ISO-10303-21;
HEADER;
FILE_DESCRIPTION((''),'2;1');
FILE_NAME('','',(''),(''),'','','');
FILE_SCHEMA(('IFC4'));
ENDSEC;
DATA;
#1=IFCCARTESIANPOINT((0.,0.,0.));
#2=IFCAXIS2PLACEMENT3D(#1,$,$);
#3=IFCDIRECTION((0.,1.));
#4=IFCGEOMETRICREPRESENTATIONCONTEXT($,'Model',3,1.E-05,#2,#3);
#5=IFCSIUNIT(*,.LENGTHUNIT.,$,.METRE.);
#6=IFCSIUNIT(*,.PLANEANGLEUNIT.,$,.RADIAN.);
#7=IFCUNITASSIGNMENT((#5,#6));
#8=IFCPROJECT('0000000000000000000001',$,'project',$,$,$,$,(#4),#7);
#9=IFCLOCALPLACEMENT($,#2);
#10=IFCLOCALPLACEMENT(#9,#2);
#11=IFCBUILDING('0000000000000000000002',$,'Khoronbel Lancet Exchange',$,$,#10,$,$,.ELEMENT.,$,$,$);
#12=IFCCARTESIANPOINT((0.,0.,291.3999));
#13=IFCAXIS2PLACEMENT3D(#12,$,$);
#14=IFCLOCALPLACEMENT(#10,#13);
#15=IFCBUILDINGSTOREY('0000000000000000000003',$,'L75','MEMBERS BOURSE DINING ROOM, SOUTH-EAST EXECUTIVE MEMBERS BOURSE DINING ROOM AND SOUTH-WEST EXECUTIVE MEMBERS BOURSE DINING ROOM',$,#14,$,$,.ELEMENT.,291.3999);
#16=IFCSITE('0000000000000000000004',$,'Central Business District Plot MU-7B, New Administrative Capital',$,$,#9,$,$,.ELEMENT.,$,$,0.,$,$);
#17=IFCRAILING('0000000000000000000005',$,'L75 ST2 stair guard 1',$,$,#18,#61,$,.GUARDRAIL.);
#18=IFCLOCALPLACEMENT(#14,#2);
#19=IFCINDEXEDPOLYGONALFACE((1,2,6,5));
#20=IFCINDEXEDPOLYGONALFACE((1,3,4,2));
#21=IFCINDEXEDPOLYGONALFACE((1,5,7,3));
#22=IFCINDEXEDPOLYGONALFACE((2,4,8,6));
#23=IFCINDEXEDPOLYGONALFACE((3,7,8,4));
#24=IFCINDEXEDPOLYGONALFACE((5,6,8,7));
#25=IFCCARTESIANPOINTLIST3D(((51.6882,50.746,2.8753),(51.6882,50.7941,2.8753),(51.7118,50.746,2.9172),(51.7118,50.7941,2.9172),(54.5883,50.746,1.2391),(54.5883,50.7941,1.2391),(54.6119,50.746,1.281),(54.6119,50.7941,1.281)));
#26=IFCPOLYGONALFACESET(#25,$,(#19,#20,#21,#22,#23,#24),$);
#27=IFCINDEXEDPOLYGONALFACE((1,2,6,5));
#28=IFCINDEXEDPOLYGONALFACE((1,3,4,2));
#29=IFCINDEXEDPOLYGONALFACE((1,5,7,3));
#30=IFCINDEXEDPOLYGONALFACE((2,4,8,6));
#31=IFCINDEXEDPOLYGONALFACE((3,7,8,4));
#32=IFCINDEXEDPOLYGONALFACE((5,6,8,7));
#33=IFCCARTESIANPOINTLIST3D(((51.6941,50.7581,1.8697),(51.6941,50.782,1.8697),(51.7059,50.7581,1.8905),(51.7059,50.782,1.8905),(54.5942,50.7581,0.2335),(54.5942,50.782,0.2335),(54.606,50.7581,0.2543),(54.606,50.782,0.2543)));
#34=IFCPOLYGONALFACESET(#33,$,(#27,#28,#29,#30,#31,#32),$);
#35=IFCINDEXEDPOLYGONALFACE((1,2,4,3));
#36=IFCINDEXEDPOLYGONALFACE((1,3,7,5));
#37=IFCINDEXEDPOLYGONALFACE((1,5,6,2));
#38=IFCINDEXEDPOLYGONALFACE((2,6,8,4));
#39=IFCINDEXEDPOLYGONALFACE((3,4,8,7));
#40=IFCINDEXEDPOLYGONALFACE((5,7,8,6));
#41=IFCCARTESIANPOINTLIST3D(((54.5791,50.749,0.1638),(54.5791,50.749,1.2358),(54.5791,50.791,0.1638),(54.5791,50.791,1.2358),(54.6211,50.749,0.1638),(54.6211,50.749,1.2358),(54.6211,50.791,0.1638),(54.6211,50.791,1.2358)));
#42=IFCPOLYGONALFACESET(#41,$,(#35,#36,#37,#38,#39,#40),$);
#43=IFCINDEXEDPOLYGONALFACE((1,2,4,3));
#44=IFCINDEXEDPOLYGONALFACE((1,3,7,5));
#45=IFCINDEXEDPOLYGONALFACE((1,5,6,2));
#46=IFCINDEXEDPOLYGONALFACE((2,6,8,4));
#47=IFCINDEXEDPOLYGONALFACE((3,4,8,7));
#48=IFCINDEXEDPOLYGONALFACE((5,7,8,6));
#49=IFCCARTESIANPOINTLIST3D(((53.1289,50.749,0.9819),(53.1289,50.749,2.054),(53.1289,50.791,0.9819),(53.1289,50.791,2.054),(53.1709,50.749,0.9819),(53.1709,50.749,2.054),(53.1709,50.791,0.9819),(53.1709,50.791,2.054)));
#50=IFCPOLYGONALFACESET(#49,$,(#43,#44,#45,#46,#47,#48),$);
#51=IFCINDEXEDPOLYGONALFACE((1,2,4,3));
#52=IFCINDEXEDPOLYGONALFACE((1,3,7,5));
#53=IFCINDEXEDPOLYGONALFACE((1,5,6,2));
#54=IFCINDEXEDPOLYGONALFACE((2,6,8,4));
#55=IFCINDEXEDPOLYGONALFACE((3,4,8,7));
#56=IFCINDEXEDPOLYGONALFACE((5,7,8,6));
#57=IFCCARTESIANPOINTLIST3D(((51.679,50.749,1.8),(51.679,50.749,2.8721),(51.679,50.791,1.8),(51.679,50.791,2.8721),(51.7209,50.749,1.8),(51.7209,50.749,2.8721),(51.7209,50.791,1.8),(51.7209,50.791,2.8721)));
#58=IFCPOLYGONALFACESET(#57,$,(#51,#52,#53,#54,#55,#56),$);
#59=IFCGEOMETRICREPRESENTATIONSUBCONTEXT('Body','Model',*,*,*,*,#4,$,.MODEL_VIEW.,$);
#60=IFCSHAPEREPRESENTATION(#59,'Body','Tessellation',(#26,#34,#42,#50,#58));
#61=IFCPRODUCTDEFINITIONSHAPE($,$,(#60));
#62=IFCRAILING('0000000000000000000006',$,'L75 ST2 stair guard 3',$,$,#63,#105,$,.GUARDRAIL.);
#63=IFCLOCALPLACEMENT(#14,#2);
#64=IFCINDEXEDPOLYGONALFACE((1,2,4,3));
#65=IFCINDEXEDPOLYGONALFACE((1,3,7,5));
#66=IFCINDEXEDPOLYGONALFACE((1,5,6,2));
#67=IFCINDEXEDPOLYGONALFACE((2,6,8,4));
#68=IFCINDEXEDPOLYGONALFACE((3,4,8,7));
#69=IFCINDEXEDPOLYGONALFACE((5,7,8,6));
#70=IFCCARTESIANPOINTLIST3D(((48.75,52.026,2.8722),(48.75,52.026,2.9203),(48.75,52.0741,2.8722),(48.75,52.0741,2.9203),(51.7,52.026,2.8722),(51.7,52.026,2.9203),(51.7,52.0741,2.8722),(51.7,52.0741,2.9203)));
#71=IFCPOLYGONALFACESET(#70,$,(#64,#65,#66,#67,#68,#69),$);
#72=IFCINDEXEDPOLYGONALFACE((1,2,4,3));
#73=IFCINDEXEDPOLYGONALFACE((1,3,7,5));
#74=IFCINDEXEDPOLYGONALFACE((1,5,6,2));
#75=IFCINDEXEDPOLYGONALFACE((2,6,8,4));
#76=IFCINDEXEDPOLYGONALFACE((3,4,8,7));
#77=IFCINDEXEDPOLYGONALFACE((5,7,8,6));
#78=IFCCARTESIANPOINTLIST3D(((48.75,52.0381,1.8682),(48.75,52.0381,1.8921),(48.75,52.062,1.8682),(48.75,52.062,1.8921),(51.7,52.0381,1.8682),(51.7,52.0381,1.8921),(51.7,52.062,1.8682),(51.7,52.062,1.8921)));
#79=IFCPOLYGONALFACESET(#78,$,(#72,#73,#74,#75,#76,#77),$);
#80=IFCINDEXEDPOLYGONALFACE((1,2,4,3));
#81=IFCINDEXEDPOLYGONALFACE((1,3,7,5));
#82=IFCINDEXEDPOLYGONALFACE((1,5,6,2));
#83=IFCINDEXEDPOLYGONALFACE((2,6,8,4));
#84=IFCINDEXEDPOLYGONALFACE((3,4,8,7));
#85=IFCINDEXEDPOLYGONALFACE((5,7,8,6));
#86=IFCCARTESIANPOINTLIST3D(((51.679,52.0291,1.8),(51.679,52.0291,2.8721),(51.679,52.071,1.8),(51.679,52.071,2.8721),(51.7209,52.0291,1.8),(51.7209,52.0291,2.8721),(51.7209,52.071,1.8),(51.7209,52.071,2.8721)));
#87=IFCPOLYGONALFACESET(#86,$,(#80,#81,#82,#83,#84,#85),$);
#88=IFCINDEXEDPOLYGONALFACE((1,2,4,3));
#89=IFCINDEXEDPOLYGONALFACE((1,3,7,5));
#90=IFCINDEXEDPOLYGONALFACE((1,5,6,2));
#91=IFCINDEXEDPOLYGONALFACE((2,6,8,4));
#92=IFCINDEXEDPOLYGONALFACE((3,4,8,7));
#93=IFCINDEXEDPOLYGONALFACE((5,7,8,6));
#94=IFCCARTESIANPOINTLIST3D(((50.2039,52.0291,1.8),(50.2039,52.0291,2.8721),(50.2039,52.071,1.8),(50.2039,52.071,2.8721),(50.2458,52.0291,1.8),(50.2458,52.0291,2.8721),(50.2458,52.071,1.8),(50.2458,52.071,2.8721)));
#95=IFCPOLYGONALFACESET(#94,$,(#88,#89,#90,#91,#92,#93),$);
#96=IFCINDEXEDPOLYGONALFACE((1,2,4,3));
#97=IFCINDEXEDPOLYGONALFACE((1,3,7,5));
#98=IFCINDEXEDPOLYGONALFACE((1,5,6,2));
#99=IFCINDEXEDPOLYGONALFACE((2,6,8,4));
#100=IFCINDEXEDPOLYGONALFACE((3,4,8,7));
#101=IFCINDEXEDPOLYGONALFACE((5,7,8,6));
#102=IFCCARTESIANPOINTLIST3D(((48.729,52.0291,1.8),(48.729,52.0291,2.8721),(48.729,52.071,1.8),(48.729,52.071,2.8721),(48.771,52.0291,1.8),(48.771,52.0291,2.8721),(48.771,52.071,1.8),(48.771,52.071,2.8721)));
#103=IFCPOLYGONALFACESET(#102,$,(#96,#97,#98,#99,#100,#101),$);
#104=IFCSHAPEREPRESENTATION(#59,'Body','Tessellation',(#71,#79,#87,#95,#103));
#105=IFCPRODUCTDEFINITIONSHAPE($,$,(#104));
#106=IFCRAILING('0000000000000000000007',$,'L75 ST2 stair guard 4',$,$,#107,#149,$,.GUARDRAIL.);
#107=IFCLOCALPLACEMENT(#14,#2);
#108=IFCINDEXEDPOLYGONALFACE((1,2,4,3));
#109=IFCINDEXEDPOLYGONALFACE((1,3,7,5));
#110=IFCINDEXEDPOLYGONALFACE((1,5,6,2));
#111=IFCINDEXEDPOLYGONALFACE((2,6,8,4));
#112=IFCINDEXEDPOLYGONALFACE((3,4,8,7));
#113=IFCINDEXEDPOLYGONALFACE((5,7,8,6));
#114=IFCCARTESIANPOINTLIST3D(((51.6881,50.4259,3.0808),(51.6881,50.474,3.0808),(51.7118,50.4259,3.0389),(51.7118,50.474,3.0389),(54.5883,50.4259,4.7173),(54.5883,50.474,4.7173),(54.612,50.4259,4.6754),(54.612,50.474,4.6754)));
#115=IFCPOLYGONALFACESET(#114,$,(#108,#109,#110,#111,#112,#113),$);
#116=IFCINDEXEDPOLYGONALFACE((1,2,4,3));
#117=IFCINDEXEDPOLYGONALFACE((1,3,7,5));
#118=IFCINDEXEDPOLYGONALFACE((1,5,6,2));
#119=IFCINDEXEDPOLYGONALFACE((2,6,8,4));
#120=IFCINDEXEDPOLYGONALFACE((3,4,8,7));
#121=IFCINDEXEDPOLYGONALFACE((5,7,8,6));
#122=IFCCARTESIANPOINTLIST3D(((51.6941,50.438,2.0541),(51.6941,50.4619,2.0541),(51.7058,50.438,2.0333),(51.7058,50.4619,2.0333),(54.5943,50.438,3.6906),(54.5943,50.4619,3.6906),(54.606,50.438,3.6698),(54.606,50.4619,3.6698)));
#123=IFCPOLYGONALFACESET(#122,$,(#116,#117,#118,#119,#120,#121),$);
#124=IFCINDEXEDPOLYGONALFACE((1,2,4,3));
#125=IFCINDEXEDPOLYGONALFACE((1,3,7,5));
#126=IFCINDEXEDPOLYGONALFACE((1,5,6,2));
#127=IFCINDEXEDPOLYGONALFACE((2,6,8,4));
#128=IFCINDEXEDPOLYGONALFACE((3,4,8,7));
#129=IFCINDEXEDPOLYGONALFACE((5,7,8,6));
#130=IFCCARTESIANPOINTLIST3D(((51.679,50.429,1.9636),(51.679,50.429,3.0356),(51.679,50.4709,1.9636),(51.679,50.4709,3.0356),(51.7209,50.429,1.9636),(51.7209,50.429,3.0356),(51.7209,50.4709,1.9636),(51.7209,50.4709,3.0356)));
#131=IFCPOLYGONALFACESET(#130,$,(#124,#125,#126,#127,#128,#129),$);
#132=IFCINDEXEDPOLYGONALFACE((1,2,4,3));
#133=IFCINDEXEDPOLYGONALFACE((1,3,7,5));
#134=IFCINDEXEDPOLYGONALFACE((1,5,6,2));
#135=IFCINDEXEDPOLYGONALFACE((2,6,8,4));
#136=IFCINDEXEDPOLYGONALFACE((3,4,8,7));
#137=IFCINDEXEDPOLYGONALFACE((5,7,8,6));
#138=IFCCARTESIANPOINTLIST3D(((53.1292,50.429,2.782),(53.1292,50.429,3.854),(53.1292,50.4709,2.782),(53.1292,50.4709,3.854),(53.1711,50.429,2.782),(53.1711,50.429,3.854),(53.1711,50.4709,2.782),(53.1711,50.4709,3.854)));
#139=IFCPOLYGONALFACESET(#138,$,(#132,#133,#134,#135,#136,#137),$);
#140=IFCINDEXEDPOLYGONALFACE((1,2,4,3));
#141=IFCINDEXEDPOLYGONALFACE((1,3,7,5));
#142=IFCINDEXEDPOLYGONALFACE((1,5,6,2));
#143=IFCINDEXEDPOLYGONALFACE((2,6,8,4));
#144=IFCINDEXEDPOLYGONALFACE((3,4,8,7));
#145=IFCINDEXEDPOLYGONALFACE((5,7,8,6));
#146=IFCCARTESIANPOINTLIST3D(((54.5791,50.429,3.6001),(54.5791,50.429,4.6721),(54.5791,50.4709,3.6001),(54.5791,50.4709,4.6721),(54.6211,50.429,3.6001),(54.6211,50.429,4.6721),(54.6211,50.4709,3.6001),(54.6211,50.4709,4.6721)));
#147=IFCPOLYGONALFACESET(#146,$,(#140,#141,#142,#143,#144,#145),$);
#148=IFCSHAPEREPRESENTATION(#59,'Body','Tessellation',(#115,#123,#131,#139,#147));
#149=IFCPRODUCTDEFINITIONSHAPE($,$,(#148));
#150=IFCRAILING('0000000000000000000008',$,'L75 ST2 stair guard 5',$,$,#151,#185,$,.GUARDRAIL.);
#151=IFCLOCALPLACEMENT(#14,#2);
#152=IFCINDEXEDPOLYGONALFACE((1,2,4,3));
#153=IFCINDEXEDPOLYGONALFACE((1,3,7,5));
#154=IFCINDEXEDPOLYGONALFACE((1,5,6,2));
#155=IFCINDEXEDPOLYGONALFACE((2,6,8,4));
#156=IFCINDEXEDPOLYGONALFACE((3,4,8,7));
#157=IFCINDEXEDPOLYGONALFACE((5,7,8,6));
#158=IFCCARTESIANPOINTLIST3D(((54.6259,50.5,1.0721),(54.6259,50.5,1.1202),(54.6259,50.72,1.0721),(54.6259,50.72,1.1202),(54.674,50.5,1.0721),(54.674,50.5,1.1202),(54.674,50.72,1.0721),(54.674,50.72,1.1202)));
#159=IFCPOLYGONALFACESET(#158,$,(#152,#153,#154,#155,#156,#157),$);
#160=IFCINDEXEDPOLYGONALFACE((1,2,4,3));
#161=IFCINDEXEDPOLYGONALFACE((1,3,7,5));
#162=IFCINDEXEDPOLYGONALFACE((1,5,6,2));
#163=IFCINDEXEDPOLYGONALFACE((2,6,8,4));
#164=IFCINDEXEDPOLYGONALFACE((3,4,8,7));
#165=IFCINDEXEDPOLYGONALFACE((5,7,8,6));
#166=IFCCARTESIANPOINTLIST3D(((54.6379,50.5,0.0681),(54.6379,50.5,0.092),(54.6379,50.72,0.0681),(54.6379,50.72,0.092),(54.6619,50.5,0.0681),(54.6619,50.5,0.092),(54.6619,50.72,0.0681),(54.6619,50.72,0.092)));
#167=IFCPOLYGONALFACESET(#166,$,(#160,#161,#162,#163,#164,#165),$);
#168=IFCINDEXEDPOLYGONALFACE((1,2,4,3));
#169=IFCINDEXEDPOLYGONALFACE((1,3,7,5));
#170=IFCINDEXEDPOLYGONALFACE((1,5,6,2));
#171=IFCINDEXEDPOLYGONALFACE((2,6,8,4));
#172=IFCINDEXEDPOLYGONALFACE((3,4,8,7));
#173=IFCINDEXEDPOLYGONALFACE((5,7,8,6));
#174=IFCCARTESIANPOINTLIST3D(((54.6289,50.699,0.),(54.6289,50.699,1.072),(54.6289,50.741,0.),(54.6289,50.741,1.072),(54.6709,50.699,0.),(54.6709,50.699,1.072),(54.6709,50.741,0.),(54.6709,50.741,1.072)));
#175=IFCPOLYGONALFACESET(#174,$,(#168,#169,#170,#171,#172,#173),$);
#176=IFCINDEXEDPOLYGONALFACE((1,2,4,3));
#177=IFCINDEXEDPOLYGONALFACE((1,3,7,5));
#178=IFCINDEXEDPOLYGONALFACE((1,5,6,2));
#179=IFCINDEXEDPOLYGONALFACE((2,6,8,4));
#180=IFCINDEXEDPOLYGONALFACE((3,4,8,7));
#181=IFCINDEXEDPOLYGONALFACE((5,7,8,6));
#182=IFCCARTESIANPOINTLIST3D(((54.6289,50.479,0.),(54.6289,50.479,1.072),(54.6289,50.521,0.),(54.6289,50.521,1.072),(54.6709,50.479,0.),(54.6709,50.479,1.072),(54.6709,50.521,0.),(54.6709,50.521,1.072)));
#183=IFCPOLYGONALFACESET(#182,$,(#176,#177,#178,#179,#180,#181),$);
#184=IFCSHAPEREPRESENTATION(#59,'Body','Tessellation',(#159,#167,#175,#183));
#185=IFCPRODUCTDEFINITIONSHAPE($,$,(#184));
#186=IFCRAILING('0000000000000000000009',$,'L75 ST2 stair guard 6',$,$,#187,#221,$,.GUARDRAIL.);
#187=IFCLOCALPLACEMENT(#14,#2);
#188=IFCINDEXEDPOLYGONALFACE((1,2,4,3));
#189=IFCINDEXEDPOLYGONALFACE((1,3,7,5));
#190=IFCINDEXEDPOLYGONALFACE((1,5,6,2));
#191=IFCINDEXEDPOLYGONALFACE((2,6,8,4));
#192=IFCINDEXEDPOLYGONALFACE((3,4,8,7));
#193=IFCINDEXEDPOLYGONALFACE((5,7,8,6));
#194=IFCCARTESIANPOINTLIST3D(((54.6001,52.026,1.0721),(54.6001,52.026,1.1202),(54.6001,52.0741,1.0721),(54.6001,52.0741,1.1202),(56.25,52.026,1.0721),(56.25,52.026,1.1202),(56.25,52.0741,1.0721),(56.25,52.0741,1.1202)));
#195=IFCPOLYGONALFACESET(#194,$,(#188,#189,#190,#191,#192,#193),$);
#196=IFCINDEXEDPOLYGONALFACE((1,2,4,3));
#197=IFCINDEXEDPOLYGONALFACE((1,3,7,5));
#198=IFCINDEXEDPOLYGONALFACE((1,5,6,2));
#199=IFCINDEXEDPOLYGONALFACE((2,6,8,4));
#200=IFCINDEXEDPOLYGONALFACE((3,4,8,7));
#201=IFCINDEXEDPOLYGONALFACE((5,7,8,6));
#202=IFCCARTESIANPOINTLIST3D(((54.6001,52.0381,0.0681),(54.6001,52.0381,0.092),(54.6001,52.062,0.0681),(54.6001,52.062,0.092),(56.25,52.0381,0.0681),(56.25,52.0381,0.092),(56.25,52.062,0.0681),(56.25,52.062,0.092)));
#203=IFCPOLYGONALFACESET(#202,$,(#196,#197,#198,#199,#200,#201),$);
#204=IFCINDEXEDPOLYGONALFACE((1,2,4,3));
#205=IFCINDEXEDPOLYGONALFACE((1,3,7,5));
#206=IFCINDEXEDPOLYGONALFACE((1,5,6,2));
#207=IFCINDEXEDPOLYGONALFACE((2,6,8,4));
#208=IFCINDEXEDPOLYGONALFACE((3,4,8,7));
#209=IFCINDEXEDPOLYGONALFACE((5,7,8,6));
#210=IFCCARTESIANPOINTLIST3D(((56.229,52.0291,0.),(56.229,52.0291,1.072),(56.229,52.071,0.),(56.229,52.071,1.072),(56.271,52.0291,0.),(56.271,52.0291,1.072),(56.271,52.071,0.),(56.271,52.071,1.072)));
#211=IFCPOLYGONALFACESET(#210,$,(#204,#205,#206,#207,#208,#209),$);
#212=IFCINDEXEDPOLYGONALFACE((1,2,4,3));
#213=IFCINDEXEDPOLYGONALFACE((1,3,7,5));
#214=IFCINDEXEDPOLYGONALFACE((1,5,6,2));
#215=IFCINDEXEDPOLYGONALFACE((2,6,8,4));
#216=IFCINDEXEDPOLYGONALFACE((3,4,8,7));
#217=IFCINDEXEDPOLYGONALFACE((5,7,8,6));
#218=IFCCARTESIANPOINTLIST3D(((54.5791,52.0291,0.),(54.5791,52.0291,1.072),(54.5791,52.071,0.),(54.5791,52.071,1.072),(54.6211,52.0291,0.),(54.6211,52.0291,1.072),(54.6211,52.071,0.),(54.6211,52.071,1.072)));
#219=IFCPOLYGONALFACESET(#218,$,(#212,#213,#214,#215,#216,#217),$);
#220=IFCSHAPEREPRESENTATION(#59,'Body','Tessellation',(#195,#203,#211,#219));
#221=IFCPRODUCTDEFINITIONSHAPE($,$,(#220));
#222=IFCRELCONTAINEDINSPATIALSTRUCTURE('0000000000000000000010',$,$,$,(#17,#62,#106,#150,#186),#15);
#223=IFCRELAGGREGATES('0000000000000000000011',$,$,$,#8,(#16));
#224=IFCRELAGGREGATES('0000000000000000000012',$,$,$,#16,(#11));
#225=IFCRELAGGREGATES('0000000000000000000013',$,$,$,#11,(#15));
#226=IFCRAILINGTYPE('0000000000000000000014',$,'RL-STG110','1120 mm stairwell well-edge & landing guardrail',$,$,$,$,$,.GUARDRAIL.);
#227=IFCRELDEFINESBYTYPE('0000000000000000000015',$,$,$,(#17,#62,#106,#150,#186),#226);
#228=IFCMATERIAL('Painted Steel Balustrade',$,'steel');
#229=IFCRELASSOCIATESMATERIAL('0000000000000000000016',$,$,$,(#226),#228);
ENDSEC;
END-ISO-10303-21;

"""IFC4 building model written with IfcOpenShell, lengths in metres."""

from ifc_helpers import new_model, si_unit, direction, frame, origin, origin_2d, place, context, subcontext, project, spatial, rectangle, extrude, material, type_object, element, save


model = new_model("IFC4")

# Units and contexts
model_context = context("Model", 3, precision=1e-05, world=origin(), true_north=direction((0.0, 1.0)))
body_context = subcontext(model_context, "Body", "Model", "MODEL_VIEW")
ifc_project = project(units=[si_unit("LENGTHUNIT", "METRE"), si_unit("PLANEANGLEUNIT", "RADIAN")], contexts=[model_context])

# Site, building, storey
site_placement = place(None, origin())
site = spatial("IfcSite", under=ifc_project, at=site_placement, Name="Central Business District Plot MU-7B, New Administrative Capital", CompositionType="ELEMENT", RefElevation=0.0)
building_placement = place(site_placement, origin())
building = spatial("IfcBuilding", under=site, at=building_placement, Name="Khoronbel Lancet Exchange", CompositionType="ELEMENT")
storey_placement = place(building_placement, frame((0.0, 0.0, 291.3999)))
storey = spatial("IfcBuildingStorey", under=building, at=storey_placement, Name="L75", Description="MEMBERS BOURSE DINING ROOM, SOUTH-EAST EXECUTIVE MEMBERS BOURSE DINING ROOM AND SOUTH-WEST EXECUTIVE MEMBERS BOURSE DINING ROOM", CompositionType="ELEMENT", Elevation=291.3999)

# Railings
ifc_material_1 = material(Name="Painted Steel Balustrade", Category="steel")
railing_type_1 = type_object("IfcRailingType", Name="RL-STG110", Description="1120 mm stairwell well-edge & landing guardrail", PredefinedType="GUARDRAIL", material=ifc_material_1)
railing_1_placement = place(storey_placement, frame((54.6001, 50.77, 0.1638)))
element("IfcRailing", 1, at=railing_1_placement, inside=storey, type_object=railing_type_1, Name="L75 ST2 stair guard 1", PredefinedType="GUARDRAIL", context=body_context, shape_type="SweptSolid", body=[
    extrude(rectangle(XDim=0.0481, YDim=0.0481, at=origin_2d()), frame((0.0, 0.0, 1.0962), z_axis=(-0.870946, 0.0, 0.491378), x_axis=(0.0, -1.0, 0.0)), (0.0, 0.0, 1.0), 3.3298),
    extrude(rectangle(XDim=0.0239, YDim=0.0239, at=origin_2d()), frame((0.0, 0.0, 0.0801), z_axis=(-0.870946, 0.0, 0.491378), x_axis=(0.0, -1.0, 0.0)), (0.0, 0.0, 1.0), 3.3298),
    extrude(rectangle(XDim=0.042, YDim=0.042, at=origin_2d()), origin(), (0.0, 0.0, 1.0), 1.072),
    extrude(rectangle(XDim=0.042, YDim=0.042, at=origin_2d()), frame((-1.4502, 0.0, 0.8181)), (0.0, 0.0, 1.0), 1.072),
    extrude(rectangle(XDim=0.042, YDim=0.042, at=origin_2d()), frame((-2.9001, 0.0, 1.6362)), (0.0, 0.0, 1.0), 1.072),
])
railing_2_placement = place(storey_placement, frame((51.7, 52.05, 1.8)))
element("IfcRailing", 2, at=railing_2_placement, inside=storey, type_object=railing_type_1, Name="L75 ST2 stair guard 3", PredefinedType="GUARDRAIL", context=body_context, shape_type="SweptSolid", body=[
    extrude(rectangle(XDim=0.0481, YDim=0.0481, at=origin_2d()), frame((0.0, 0.0, 1.0962), z_axis=(-1.0, 0.0, 0.0), x_axis=(0.0, -1.0, 0.0)), (0.0, 0.0, 1.0), 2.95),
    extrude(rectangle(XDim=0.0239, YDim=0.0239, at=origin_2d()), frame((0.0, 0.0, 0.0801), z_axis=(-1.0, 0.0, 0.0), x_axis=(0.0, -1.0, 0.0)), (0.0, 0.0, 1.0), 2.95),
    extrude(rectangle(XDim=0.042, YDim=0.042, at=origin_2d()), origin(), (0.0, 0.0, 1.0), 1.072),
    extrude(rectangle(XDim=0.042, YDim=0.042, at=origin_2d()), frame((-1.4751, 0.0, 0.0)), (0.0, 0.0, 1.0), 1.072),
    extrude(rectangle(XDim=0.042, YDim=0.042, at=origin_2d()), frame((-2.95, 0.0, 0.0)), (0.0, 0.0, 1.0), 1.072),
])
railing_3_placement = place(storey_placement, frame((51.7, 50.45, 1.9636)))
element("IfcRailing", 3, at=railing_3_placement, inside=storey, type_object=railing_type_1, Name="L75 ST2 stair guard 4", PredefinedType="GUARDRAIL", context=body_context, shape_type="SweptSolid", body=[
    extrude(rectangle(XDim=0.0481, YDim=0.0481, at=origin_2d()), frame((0.0, 0.0, 1.0962), z_axis=(0.870915, 0.0, 0.491434), x_axis=(0.0, 1.0, 0.0)), (0.0, 0.0, 1.0), 3.3301),
    extrude(rectangle(XDim=0.0239, YDim=0.0239, at=origin_2d()), frame((0.0, 0.0, 0.0801), z_axis=(0.870915, 0.0, 0.491434), x_axis=(0.0, 1.0, 0.0)), (0.0, 0.0, 1.0), 3.3301),
    extrude(rectangle(XDim=0.042, YDim=0.042, at=origin_2d()), origin(), (0.0, 0.0, 1.0), 1.072),
    extrude(rectangle(XDim=0.042, YDim=0.042, at=origin_2d()), frame((1.4502, 0.0, 0.8184)), (0.0, 0.0, 1.0), 1.072),
    extrude(rectangle(XDim=0.042, YDim=0.042, at=origin_2d()), frame((2.9001, 0.0, 1.6365)), (0.0, 0.0, 1.0), 1.072),
])
railing_4_placement = place(storey_placement, frame((54.6499, 50.72, 0.0)))
element("IfcRailing", 4, at=railing_4_placement, inside=storey, type_object=railing_type_1, Name="L75 ST2 stair guard 5", PredefinedType="GUARDRAIL", context=body_context, shape_type="SweptSolid", body=[
    extrude(rectangle(XDim=0.0481, YDim=0.0481, at=origin_2d()), frame((0.0, 0.0, 1.0962), z_axis=(0.0, -1.0, 0.0), x_axis=(1.0, 0.0, 0.0)), (0.0, 0.0, 1.0), 0.22),
    extrude(rectangle(XDim=0.0239, YDim=0.0239, at=origin_2d()), frame((0.0, 0.0, 0.0801), z_axis=(0.0, -1.0, 0.0), x_axis=(1.0, 0.0, 0.0)), (0.0, 0.0, 1.0), 0.22),
    extrude(rectangle(XDim=0.042, YDim=0.042, at=origin_2d()), origin(), (0.0, 0.0, 1.0), 1.072),
    extrude(rectangle(XDim=0.042, YDim=0.042, at=origin_2d()), frame((0.0, -0.22, 0.0)), (0.0, 0.0, 1.0), 1.072),
])
railing_5_placement = place(storey_placement, frame((56.25, 52.05, 0.0)))
element("IfcRailing", 5, at=railing_5_placement, inside=storey, type_object=railing_type_1, Name="L75 ST2 stair guard 6", PredefinedType="GUARDRAIL", context=body_context, shape_type="SweptSolid", body=[
    extrude(rectangle(XDim=0.0481, YDim=0.0481, at=origin_2d()), frame((0.0, 0.0, 1.0962), z_axis=(-1.0, 0.0, 0.0), x_axis=(0.0, -1.0, 0.0)), (0.0, 0.0, 1.0), 1.6499),
    extrude(rectangle(XDim=0.0239, YDim=0.0239, at=origin_2d()), frame((0.0, 0.0, 0.0801), z_axis=(-1.0, 0.0, 0.0), x_axis=(0.0, -1.0, 0.0)), (0.0, 0.0, 1.0), 1.6499),
    extrude(rectangle(XDim=0.042, YDim=0.042, at=origin_2d()), origin(), (0.0, 0.0, 1.0), 1.072),
    extrude(rectangle(XDim=0.042, YDim=0.042, at=origin_2d()), frame((-1.6499, 0.0, 0.0)), (0.0, 0.0, 1.0), 1.072),
])

save(model, "model.ifc")
